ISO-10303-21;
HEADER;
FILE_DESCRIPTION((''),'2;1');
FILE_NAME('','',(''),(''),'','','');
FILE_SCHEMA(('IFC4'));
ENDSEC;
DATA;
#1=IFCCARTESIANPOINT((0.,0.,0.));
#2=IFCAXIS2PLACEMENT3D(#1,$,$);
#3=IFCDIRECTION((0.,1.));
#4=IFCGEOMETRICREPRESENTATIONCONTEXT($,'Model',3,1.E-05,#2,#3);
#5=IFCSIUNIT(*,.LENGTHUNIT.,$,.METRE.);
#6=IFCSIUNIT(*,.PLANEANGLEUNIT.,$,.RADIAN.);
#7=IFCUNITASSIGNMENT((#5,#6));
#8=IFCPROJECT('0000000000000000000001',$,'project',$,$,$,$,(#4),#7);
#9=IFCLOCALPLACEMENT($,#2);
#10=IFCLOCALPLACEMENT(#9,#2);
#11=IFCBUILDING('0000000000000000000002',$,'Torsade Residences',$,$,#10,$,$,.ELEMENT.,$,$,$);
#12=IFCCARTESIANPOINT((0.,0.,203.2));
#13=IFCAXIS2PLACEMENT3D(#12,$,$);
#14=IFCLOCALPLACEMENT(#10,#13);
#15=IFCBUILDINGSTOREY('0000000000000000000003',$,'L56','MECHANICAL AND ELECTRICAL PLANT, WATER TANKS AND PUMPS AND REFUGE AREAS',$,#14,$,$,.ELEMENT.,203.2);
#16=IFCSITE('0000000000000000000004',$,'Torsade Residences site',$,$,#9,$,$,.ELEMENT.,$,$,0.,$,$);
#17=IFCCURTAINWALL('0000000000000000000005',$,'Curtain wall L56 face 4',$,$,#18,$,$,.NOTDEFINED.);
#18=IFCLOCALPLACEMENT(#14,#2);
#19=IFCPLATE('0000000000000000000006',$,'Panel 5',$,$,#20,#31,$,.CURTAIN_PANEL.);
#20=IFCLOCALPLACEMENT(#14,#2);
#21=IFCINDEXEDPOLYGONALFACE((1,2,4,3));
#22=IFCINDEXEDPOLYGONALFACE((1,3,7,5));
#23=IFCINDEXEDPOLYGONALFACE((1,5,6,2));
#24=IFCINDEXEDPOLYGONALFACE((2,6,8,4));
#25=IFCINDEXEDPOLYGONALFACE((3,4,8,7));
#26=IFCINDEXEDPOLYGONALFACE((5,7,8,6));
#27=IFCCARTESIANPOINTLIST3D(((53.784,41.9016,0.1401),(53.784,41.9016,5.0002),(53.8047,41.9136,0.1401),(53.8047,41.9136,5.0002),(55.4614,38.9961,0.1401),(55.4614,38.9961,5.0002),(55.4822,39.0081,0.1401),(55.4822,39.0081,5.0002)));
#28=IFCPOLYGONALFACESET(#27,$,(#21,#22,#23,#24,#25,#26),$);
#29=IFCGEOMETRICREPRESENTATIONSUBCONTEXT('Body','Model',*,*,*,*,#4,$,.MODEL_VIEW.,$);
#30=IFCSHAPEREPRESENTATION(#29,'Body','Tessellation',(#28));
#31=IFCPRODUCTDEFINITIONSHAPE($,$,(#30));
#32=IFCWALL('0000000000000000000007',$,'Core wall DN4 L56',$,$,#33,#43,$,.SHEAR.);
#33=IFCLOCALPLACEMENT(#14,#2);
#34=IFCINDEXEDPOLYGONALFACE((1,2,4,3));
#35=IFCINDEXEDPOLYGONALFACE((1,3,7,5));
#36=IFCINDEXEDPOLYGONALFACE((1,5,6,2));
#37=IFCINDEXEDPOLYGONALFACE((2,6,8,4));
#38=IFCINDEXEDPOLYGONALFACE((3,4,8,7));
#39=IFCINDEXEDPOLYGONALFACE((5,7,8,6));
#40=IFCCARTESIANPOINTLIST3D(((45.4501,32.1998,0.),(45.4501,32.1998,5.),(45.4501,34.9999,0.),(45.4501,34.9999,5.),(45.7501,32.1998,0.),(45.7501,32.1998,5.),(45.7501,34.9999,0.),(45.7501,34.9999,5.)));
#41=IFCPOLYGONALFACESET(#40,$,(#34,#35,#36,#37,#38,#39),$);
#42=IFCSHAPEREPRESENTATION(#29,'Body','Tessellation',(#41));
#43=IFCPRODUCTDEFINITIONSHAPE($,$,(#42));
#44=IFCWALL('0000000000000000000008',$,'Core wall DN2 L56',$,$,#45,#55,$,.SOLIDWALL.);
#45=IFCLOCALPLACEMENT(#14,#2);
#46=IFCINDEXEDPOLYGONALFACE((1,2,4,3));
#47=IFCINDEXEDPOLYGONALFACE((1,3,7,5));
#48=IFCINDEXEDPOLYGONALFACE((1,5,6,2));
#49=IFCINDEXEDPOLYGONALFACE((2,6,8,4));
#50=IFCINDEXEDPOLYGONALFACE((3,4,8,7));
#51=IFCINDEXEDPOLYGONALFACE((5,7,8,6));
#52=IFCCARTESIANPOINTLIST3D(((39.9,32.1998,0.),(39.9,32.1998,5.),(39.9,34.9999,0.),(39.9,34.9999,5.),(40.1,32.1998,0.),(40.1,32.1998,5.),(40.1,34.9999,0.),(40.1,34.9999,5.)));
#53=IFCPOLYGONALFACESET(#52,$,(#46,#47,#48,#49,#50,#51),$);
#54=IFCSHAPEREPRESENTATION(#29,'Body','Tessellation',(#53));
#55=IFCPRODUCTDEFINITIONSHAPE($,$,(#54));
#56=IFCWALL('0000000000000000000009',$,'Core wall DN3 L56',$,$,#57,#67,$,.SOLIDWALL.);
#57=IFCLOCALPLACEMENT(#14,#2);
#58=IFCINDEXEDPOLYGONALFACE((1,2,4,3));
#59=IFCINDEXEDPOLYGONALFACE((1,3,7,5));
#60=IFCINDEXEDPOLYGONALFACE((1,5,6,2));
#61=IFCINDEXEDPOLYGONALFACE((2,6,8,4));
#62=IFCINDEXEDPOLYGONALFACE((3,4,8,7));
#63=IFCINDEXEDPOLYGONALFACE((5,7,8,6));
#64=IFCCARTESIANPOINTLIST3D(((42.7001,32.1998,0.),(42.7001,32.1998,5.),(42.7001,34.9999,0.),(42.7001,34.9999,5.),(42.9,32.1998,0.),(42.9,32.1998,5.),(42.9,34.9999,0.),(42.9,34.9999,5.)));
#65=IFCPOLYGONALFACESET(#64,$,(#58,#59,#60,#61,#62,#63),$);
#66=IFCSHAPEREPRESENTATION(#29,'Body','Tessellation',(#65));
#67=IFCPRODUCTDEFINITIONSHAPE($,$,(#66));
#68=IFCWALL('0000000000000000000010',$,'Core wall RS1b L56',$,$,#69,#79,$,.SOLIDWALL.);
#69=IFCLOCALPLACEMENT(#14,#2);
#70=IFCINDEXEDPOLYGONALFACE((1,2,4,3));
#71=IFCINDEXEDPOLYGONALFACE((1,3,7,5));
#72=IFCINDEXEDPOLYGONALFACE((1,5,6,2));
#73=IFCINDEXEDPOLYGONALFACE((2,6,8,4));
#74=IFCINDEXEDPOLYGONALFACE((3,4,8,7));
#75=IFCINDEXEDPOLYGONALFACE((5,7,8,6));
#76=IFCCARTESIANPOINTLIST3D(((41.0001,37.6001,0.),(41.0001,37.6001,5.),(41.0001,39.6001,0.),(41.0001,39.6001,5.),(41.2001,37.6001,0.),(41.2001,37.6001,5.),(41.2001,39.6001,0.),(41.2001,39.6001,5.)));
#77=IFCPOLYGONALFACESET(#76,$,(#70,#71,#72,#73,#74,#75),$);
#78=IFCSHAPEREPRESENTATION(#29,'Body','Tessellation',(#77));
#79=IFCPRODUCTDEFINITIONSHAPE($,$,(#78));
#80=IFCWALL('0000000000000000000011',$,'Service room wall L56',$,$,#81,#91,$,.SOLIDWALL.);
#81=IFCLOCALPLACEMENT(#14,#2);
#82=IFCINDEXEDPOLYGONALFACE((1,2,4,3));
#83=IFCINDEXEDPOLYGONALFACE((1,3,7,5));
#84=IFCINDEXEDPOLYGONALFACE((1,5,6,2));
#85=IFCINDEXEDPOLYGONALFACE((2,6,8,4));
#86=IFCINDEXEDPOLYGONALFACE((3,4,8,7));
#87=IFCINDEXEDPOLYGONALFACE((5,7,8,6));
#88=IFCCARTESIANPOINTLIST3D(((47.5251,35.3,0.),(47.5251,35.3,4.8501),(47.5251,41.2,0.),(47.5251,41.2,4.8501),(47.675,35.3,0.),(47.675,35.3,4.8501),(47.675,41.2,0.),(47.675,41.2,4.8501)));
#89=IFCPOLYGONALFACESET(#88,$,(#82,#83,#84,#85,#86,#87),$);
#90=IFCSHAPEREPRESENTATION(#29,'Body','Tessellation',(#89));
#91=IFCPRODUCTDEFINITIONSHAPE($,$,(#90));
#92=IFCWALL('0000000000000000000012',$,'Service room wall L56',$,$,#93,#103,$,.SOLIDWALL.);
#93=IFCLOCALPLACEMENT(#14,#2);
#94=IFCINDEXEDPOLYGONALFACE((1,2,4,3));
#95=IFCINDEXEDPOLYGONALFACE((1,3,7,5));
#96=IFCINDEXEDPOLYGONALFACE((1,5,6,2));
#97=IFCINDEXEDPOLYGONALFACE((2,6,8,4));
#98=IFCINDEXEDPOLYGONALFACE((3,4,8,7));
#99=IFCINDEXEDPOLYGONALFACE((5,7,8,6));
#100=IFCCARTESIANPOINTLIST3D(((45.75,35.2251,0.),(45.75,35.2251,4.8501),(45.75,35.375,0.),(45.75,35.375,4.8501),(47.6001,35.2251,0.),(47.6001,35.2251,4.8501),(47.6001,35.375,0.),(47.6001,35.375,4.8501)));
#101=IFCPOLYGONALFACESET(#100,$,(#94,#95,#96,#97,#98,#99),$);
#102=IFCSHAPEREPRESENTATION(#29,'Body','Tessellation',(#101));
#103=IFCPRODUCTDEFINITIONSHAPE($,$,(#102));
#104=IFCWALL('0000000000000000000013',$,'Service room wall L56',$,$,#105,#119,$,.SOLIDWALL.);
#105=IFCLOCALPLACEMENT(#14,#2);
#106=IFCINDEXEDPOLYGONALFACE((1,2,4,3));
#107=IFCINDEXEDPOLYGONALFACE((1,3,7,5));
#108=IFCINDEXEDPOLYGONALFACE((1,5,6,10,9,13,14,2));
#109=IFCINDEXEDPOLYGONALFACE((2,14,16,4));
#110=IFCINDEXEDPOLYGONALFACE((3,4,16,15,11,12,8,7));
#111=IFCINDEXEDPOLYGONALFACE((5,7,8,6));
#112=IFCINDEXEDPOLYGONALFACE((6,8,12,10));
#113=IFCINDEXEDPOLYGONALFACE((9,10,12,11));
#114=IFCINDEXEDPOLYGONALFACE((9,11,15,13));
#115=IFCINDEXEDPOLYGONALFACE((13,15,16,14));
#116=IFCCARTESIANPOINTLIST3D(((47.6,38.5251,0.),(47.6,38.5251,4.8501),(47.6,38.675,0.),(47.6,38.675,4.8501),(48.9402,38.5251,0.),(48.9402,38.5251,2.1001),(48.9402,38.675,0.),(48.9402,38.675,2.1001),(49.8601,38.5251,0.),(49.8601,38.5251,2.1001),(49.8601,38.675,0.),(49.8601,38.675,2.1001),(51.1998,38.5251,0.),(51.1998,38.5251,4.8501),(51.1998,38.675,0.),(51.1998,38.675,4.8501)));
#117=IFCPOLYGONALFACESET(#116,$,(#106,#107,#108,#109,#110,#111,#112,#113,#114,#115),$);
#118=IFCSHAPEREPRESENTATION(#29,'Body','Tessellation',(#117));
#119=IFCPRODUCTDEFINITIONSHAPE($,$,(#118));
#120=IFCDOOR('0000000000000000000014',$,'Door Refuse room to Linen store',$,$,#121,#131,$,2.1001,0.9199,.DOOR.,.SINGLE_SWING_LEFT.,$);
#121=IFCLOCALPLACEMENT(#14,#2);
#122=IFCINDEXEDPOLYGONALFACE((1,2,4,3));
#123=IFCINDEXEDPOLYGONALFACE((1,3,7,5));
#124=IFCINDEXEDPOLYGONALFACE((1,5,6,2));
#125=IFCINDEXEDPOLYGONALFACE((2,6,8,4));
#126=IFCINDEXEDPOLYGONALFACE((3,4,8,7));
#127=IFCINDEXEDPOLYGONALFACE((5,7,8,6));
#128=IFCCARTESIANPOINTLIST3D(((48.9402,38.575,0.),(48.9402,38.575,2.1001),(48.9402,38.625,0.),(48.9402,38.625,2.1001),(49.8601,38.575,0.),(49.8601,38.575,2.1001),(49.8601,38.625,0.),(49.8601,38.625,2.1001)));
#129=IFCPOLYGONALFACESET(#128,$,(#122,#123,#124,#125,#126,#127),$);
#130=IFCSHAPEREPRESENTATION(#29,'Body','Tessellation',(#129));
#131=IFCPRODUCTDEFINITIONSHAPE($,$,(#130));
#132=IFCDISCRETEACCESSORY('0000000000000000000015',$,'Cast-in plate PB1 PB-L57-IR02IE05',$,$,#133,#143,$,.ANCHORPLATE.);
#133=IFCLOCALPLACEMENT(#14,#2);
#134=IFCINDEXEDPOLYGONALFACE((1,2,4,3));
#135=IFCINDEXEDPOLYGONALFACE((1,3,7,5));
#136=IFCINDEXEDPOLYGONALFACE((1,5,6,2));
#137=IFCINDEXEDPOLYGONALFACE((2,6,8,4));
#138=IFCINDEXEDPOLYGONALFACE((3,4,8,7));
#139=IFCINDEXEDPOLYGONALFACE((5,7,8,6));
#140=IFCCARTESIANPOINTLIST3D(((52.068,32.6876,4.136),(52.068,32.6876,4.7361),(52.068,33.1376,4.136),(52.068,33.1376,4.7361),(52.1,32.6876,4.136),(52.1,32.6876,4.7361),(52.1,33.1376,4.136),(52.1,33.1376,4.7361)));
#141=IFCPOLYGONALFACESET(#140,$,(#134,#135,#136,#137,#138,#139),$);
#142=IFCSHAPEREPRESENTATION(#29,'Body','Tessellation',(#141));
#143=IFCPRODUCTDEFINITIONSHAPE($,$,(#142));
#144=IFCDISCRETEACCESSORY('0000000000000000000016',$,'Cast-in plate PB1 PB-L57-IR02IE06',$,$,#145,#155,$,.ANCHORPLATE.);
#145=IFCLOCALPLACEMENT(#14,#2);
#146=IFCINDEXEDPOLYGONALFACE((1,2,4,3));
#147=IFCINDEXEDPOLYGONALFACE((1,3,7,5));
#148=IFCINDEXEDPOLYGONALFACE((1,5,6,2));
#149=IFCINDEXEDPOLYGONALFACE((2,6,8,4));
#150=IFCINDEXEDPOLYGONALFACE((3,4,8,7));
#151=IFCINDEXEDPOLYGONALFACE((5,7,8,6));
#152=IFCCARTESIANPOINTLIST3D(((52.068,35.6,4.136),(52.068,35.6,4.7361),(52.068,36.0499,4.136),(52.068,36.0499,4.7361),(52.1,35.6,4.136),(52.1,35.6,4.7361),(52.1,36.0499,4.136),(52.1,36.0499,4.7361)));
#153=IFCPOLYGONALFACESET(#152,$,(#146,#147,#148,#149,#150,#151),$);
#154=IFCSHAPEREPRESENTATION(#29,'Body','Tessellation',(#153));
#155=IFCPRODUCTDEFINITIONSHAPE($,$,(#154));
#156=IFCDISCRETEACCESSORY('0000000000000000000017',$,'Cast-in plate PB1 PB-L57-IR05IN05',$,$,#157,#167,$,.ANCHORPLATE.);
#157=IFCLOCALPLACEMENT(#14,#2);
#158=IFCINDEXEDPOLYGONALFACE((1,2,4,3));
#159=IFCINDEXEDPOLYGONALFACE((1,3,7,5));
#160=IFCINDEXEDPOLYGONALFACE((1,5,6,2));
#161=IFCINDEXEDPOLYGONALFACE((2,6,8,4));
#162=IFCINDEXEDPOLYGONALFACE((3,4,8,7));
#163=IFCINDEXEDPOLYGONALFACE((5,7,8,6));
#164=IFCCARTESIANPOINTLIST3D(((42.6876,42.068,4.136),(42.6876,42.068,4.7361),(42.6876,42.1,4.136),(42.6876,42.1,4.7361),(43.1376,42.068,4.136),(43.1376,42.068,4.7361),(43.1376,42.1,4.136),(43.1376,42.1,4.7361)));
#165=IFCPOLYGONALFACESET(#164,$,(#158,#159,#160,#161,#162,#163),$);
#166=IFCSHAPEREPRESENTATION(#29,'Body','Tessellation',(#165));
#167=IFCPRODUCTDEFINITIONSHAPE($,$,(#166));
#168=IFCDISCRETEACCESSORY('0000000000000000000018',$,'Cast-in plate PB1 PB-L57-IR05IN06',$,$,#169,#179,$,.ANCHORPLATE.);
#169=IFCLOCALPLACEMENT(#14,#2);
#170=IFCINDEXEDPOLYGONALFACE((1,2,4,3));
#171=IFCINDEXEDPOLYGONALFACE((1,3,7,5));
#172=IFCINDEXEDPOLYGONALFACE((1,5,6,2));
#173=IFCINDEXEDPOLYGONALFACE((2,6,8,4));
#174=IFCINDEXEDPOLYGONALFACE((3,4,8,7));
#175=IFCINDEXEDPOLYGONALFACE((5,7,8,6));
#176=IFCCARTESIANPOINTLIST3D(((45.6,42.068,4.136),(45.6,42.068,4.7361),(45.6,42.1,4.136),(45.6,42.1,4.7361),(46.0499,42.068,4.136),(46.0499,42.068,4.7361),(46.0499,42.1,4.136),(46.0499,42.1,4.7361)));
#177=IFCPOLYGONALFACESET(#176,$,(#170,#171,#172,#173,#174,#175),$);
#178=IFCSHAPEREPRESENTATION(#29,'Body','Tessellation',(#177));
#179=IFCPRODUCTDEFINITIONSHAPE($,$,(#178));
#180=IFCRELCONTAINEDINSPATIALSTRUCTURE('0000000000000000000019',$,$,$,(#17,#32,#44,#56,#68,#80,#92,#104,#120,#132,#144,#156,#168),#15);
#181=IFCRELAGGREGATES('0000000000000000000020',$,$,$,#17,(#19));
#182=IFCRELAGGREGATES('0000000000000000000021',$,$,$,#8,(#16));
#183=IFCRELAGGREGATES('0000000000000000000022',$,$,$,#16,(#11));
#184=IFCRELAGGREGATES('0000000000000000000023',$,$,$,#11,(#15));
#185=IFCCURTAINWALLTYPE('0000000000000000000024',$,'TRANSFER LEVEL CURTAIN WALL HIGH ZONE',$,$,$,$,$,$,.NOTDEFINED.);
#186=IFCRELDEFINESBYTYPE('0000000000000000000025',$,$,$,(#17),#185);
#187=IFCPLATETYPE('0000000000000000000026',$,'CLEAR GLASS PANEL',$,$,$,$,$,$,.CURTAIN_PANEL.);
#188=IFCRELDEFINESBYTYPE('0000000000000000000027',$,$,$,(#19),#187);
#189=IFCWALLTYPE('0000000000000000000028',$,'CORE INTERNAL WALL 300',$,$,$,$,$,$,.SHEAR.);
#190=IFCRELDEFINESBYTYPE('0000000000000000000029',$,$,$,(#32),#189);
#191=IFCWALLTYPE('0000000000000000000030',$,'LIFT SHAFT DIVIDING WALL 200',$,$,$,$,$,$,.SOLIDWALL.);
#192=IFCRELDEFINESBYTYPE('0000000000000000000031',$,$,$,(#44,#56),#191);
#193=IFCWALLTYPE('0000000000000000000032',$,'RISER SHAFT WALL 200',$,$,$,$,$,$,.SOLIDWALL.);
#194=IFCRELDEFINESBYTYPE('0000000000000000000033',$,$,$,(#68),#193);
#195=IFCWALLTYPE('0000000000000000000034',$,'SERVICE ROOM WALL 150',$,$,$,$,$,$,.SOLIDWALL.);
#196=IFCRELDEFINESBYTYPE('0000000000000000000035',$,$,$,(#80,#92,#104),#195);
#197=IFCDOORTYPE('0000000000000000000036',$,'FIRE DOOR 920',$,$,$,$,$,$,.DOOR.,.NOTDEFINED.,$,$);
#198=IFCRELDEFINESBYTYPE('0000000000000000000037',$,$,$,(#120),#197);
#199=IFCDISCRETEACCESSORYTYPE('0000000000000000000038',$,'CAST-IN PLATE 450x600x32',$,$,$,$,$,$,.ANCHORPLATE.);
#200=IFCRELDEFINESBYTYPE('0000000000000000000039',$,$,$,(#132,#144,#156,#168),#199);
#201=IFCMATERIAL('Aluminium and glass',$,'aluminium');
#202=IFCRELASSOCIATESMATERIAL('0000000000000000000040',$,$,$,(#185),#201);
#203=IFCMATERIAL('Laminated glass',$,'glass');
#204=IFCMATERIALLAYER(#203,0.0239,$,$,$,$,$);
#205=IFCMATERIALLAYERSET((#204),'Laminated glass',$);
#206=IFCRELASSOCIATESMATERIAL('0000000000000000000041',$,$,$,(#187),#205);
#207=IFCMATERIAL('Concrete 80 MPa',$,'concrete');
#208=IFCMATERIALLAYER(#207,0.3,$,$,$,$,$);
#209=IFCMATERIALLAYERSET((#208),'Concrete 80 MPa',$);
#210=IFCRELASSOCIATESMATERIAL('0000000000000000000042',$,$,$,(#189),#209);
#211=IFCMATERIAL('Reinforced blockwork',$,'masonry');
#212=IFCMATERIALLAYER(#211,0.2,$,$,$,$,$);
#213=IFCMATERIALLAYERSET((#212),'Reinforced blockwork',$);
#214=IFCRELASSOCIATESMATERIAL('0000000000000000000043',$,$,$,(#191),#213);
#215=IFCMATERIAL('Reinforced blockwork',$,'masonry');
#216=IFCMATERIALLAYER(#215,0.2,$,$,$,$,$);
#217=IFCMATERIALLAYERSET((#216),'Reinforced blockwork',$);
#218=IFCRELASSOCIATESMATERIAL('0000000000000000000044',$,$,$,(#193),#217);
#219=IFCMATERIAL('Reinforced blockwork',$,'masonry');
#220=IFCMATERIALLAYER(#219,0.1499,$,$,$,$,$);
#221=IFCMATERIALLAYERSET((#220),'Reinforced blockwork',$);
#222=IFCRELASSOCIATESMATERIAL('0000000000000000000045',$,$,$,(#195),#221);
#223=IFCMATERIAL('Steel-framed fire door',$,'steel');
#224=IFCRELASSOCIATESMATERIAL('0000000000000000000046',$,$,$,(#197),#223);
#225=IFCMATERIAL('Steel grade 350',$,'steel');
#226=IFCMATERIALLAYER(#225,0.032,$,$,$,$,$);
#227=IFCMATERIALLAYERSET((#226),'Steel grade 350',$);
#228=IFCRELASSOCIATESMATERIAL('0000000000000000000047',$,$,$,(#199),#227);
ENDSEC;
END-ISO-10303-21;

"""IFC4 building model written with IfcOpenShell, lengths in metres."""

from ifc_helpers import new_model, si_unit, direction, frame, frame_2d, origin, origin_2d, place, context, subcontext, project, spatial, rectangle, extrude, material, layer, layer_set, type_object, element, fill, aggregate, save


model = new_model("IFC4")

# Units and contexts
model_context = context("Model", 3, precision=1e-05, world=origin(), true_north=direction((0.0, 1.0)))
body_context = subcontext(model_context, "Body", "Model", "MODEL_VIEW")
ifc_project = project(units=[si_unit("LENGTHUNIT", "METRE"), si_unit("PLANEANGLEUNIT", "RADIAN")], contexts=[model_context])

# Site, building, storey
site_placement = place(None, origin())
site = spatial("IfcSite", under=ifc_project, at=site_placement, Name="Torsade Residences site", CompositionType="ELEMENT", RefElevation=0.0)
building_placement = place(site_placement, origin())
building = spatial("IfcBuilding", under=site, at=building_placement, Name="Torsade Residences", CompositionType="ELEMENT")
storey_placement = place(building_placement, frame((0.0, 0.0, 203.2)))
storey = spatial("IfcBuildingStorey", under=building, at=storey_placement, Name="L56", Description="MECHANICAL AND ELECTRICAL PLANT, WATER TANKS AND PUMPS AND REFUGE AREAS", CompositionType="ELEMENT", Elevation=203.2)

# Curtain wall
ifc_material_1 = material(Name="Aluminium and glass", Category="aluminium")
curtain_wall_type = type_object("IfcCurtainWallType", Name="TRANSFER LEVEL CURTAIN WALL HIGH ZONE", PredefinedType="NOTDEFINED", material=ifc_material_1)
curtain_wall_placement = place(storey_placement, origin())
curtain_wall = element("IfcCurtainWall", 1, at=curtain_wall_placement, inside=storey, type_object=curtain_wall_type, Name="Curtain wall L56 face 4", PredefinedType="NOTDEFINED")

# Plate
ifc_material_2 = material(Name="Laminated glass", Category="glass")
ifc_layer_1 = layer(ifc_material_2, 0.0239)
ifc_layer_set_1 = layer_set([ifc_layer_1], Name="Laminated glass")
plate_type = type_object("IfcPlateType", Name="CLEAR GLASS PANEL", PredefinedType="CURTAIN_PANEL", material=ifc_layer_set_1)
plate_placement = place(storey_placement, frame((54.6331, 40.4548, 0.1401), z_axis=(0.0, 0.0, 1.0), x_axis=(-0.5, 0.866025, 0.0)))
plate = element("IfcPlate", 2, at=plate_placement, type_object=plate_type, Name="Panel 5", PredefinedType="CURTAIN_PANEL", context=body_context, shape_type="SweptSolid", body=[
    extrude(rectangle(XDim=3.355, YDim=0.0239, at=origin_2d()), origin(), (0.0, 0.0, 1.0), 4.8601),
])
aggregate(curtain_wall, [plate])

# Walls
ifc_material_3 = material(Name="Concrete 80 MPa", Category="concrete")
ifc_layer_2 = layer(ifc_material_3, 0.3)
ifc_layer_set_2 = layer_set([ifc_layer_2], Name="Concrete 80 MPa")
wall_type_1 = type_object("IfcWallType", Name="CORE INTERNAL WALL 300", PredefinedType="SHEAR", material=ifc_layer_set_2)
wall_1_placement = place(storey_placement, frame((45.6001, 32.2, 0.0), z_axis=(0.0, 0.0, 1.0), x_axis=(0.0, 1.0, 0.0)))
element("IfcWall", 3, at=wall_1_placement, inside=storey, type_object=wall_type_1, Name="Core wall DN4 L56", PredefinedType="SHEAR", context=body_context, shape_type="SweptSolid", body=[
    extrude(rectangle(XDim=2.8, YDim=0.3, at=frame_2d((1.3999, 0.0))), origin(), (0.0, 0.0, 1.0), 5.0),
])
ifc_material_4 = material(Name="Reinforced blockwork", Category="masonry")
ifc_layer_3 = layer(ifc_material_4, 0.2)
ifc_layer_set_3 = layer_set([ifc_layer_3], Name="Reinforced blockwork")
wall_type_2 = type_object("IfcWallType", Name="LIFT SHAFT DIVIDING WALL 200", PredefinedType="SOLIDWALL", material=ifc_layer_set_3)
for number, where, z_axis, x_axis, name in (
    (4, (40.0, 32.2, 0.0), (0.0, 0.0, 1.0), (0.0, 1.0, 0.0), "Core wall DN2 L56"),
    (5, (42.8, 32.2, 0.0), (0.0, 0.0, 1.0), (0.0, 1.0, 0.0), "Core wall DN3 L56"),
):
    element("IfcWall", number, at=place(storey_placement, frame(where, z_axis=z_axis, x_axis=x_axis)), inside=storey, type_object=wall_type_2, Name=name, PredefinedType="SOLIDWALL", context=body_context, shape_type="SweptSolid", body=[
        extrude(rectangle(XDim=2.8, YDim=0.2, at=frame_2d((1.3999, 0.0))), origin(), (0.0, 0.0, 1.0), 5.0),
    ])
ifc_material_5 = material(Name="Reinforced blockwork", Category="masonry")
ifc_layer_4 = layer(ifc_material_5, 0.2)
ifc_layer_set_4 = layer_set([ifc_layer_4], Name="Reinforced blockwork")
wall_type_3 = type_object("IfcWallType", Name="RISER SHAFT WALL 200", PredefinedType="SOLIDWALL", material=ifc_layer_set_4)
wall_2_placement = place(storey_placement, frame((41.1001, 37.6001, 0.0), z_axis=(0.0, 0.0, 1.0), x_axis=(0.0, 1.0, 0.0)))
element("IfcWall", 6, at=wall_2_placement, inside=storey, type_object=wall_type_3, Name="Core wall RS1b L56", PredefinedType="SOLIDWALL", context=body_context, shape_type="SweptSolid", body=[
    extrude(rectangle(XDim=2.0, YDim=0.2, at=frame_2d((1.0, 0.0))), origin(), (0.0, 0.0, 1.0), 5.0),
])
ifc_material_6 = material(Name="Reinforced blockwork", Category="masonry")
ifc_layer_5 = layer(ifc_material_6, 0.1499)
ifc_layer_set_5 = layer_set([ifc_layer_5], Name="Reinforced blockwork")
wall_type_4 = type_object("IfcWallType", Name="SERVICE ROOM WALL 150", PredefinedType="SOLIDWALL", material=ifc_layer_set_5)
wall_3_placement = place(storey_placement, frame((47.6001, 41.2, 0.0), z_axis=(0.0, 0.0, 1.0), x_axis=(0.0, -1.0, 0.0)))
element("IfcWall", 7, at=wall_3_placement, inside=storey, type_object=wall_type_4, Name="Service room wall L56", PredefinedType="SOLIDWALL", context=body_context, shape_type="SweptSolid", body=[
    extrude(rectangle(XDim=5.8999, YDim=0.1499, at=frame_2d((2.95, 0.0))), origin(), (0.0, 0.0, 1.0), 4.8501),
])
wall_4_placement = place(storey_placement, frame((47.6001, 35.3, 0.0), z_axis=(0.0, 0.0, 1.0), x_axis=(-1.0, 0.0, 0.0)))
element("IfcWall", 8, at=wall_4_placement, inside=storey, type_object=wall_type_4, Name="Service room wall L56", PredefinedType="SOLIDWALL", context=body_context, shape_type="SweptSolid", body=[
    extrude(rectangle(XDim=1.8501, YDim=0.1499, at=frame_2d((0.925, 0.0))), origin(), (0.0, 0.0, 1.0), 4.8501),
])

# Wall, opening, door
wall_5_placement = place(storey_placement, frame((47.6001, 38.6001, 0.0), z_axis=(0.0, 0.0, 1.0), x_axis=(1.0, 0.0, 0.0)))
wall_5 = element("IfcWall", 9, at=wall_5_placement, inside=storey, type_object=wall_type_4, Name="Service room wall L56", PredefinedType="SOLIDWALL", context=body_context, shape_type="SweptSolid", body=[
    extrude(rectangle(XDim=3.5999, YDim=0.1499, at=frame_2d((1.7998, 0.0))), origin(), (0.0, 0.0, 1.0), 4.8501),
])
opening_placement = place(wall_5_placement, frame((1.3401, 0.0, 0.0)))
opening = element("IfcOpeningElement", 10, at=opening_placement, cuts=wall_5, PredefinedType="OPENING", context=body_context, shape_type="SweptSolid", body=[
    extrude(rectangle(XDim=0.9199, YDim=2.1001, at=frame_2d((0.46, 1.05))), frame((0.0, 0.085, 0.0), z_axis=(0.0, -1.0, 0.0), x_axis=(1.0, 0.0, 0.0)), (0.0, 0.0, 1.0), 0.1699),
])
ifc_material_7 = material(Name="Steel-framed fire door", Category="steel")
door_type = type_object("IfcDoorType", Name="FIRE DOOR 920", OperationType="NOTDEFINED", PredefinedType="DOOR", material=ifc_material_7)
door_placement = place(opening_placement, origin())
door = element("IfcDoor", 11, at=door_placement, inside=storey, type_object=door_type, Name="Door Refuse room to Linen store", OperationType="SINGLE_SWING_LEFT", OverallHeight=2.1001, OverallWidth=0.9199, PredefinedType="DOOR", context=body_context, shape_type="SweptSolid", body=[
    extrude(rectangle(XDim=0.9199, YDim=2.1001, at=frame_2d((0.46, 1.05))), frame((0.0, 0.0249, 0.0), z_axis=(0.0, -1.0, 0.0), x_axis=(1.0, 0.0, 0.0)), (0.0, 0.0, 1.0), 0.05),
])
fill(opening, door)

# Discrete accessories
ifc_material_8 = material(Name="Steel grade 350", Category="steel")
ifc_layer_6 = layer(ifc_material_8, 0.032)
ifc_layer_set_6 = layer_set([ifc_layer_6], Name="Steel grade 350")
discrete_accessory_type = type_object("IfcDiscreteAccessoryType", Name="CAST-IN PLATE 450x600x32", PredefinedType="ANCHORPLATE", material=ifc_layer_set_6)
for number, where, z_axis, x_axis, name in (
    (12, (52.084, 32.9126, 4.136), (0.0, 0.0, 1.0), (1.0, 0.0, 0.0), "Cast-in plate PB1 PB-L57-IR02IE05"),
    (13, (52.084, 35.825, 4.136), (0.0, 0.0, 1.0), (1.0, 0.0, 0.0), "Cast-in plate PB1 PB-L57-IR02IE06"),
):
    element("IfcDiscreteAccessory", number, at=place(storey_placement, frame(where, z_axis=z_axis, x_axis=x_axis)), inside=storey, type_object=discrete_accessory_type, Name=name, PredefinedType="ANCHORPLATE", context=body_context, shape_type="SweptSolid", body=[
        extrude(rectangle(XDim=0.032, YDim=0.45, at=origin_2d()), origin(), (0.0, 0.0, 1.0), 0.6001),
    ])
for number, where, z_axis, x_axis, name in (
    (14, (42.9126, 42.084, 4.136), (0.0, 0.0, 1.0), (1.0, 0.0, 0.0), "Cast-in plate PB1 PB-L57-IR05IN05"),
    (15, (45.825, 42.084, 4.136), (0.0, 0.0, 1.0), (1.0, 0.0, 0.0), "Cast-in plate PB1 PB-L57-IR05IN06"),
):
    element("IfcDiscreteAccessory", number, at=place(storey_placement, frame(where, z_axis=z_axis, x_axis=x_axis)), inside=storey, type_object=discrete_accessory_type, Name=name, PredefinedType="ANCHORPLATE", context=body_context, shape_type="SweptSolid", body=[
        extrude(rectangle(XDim=0.45, YDim=0.032, at=origin_2d()), origin(), (0.0, 0.0, 1.0), 0.6001),
    ])

save(model, "model.ifc")
